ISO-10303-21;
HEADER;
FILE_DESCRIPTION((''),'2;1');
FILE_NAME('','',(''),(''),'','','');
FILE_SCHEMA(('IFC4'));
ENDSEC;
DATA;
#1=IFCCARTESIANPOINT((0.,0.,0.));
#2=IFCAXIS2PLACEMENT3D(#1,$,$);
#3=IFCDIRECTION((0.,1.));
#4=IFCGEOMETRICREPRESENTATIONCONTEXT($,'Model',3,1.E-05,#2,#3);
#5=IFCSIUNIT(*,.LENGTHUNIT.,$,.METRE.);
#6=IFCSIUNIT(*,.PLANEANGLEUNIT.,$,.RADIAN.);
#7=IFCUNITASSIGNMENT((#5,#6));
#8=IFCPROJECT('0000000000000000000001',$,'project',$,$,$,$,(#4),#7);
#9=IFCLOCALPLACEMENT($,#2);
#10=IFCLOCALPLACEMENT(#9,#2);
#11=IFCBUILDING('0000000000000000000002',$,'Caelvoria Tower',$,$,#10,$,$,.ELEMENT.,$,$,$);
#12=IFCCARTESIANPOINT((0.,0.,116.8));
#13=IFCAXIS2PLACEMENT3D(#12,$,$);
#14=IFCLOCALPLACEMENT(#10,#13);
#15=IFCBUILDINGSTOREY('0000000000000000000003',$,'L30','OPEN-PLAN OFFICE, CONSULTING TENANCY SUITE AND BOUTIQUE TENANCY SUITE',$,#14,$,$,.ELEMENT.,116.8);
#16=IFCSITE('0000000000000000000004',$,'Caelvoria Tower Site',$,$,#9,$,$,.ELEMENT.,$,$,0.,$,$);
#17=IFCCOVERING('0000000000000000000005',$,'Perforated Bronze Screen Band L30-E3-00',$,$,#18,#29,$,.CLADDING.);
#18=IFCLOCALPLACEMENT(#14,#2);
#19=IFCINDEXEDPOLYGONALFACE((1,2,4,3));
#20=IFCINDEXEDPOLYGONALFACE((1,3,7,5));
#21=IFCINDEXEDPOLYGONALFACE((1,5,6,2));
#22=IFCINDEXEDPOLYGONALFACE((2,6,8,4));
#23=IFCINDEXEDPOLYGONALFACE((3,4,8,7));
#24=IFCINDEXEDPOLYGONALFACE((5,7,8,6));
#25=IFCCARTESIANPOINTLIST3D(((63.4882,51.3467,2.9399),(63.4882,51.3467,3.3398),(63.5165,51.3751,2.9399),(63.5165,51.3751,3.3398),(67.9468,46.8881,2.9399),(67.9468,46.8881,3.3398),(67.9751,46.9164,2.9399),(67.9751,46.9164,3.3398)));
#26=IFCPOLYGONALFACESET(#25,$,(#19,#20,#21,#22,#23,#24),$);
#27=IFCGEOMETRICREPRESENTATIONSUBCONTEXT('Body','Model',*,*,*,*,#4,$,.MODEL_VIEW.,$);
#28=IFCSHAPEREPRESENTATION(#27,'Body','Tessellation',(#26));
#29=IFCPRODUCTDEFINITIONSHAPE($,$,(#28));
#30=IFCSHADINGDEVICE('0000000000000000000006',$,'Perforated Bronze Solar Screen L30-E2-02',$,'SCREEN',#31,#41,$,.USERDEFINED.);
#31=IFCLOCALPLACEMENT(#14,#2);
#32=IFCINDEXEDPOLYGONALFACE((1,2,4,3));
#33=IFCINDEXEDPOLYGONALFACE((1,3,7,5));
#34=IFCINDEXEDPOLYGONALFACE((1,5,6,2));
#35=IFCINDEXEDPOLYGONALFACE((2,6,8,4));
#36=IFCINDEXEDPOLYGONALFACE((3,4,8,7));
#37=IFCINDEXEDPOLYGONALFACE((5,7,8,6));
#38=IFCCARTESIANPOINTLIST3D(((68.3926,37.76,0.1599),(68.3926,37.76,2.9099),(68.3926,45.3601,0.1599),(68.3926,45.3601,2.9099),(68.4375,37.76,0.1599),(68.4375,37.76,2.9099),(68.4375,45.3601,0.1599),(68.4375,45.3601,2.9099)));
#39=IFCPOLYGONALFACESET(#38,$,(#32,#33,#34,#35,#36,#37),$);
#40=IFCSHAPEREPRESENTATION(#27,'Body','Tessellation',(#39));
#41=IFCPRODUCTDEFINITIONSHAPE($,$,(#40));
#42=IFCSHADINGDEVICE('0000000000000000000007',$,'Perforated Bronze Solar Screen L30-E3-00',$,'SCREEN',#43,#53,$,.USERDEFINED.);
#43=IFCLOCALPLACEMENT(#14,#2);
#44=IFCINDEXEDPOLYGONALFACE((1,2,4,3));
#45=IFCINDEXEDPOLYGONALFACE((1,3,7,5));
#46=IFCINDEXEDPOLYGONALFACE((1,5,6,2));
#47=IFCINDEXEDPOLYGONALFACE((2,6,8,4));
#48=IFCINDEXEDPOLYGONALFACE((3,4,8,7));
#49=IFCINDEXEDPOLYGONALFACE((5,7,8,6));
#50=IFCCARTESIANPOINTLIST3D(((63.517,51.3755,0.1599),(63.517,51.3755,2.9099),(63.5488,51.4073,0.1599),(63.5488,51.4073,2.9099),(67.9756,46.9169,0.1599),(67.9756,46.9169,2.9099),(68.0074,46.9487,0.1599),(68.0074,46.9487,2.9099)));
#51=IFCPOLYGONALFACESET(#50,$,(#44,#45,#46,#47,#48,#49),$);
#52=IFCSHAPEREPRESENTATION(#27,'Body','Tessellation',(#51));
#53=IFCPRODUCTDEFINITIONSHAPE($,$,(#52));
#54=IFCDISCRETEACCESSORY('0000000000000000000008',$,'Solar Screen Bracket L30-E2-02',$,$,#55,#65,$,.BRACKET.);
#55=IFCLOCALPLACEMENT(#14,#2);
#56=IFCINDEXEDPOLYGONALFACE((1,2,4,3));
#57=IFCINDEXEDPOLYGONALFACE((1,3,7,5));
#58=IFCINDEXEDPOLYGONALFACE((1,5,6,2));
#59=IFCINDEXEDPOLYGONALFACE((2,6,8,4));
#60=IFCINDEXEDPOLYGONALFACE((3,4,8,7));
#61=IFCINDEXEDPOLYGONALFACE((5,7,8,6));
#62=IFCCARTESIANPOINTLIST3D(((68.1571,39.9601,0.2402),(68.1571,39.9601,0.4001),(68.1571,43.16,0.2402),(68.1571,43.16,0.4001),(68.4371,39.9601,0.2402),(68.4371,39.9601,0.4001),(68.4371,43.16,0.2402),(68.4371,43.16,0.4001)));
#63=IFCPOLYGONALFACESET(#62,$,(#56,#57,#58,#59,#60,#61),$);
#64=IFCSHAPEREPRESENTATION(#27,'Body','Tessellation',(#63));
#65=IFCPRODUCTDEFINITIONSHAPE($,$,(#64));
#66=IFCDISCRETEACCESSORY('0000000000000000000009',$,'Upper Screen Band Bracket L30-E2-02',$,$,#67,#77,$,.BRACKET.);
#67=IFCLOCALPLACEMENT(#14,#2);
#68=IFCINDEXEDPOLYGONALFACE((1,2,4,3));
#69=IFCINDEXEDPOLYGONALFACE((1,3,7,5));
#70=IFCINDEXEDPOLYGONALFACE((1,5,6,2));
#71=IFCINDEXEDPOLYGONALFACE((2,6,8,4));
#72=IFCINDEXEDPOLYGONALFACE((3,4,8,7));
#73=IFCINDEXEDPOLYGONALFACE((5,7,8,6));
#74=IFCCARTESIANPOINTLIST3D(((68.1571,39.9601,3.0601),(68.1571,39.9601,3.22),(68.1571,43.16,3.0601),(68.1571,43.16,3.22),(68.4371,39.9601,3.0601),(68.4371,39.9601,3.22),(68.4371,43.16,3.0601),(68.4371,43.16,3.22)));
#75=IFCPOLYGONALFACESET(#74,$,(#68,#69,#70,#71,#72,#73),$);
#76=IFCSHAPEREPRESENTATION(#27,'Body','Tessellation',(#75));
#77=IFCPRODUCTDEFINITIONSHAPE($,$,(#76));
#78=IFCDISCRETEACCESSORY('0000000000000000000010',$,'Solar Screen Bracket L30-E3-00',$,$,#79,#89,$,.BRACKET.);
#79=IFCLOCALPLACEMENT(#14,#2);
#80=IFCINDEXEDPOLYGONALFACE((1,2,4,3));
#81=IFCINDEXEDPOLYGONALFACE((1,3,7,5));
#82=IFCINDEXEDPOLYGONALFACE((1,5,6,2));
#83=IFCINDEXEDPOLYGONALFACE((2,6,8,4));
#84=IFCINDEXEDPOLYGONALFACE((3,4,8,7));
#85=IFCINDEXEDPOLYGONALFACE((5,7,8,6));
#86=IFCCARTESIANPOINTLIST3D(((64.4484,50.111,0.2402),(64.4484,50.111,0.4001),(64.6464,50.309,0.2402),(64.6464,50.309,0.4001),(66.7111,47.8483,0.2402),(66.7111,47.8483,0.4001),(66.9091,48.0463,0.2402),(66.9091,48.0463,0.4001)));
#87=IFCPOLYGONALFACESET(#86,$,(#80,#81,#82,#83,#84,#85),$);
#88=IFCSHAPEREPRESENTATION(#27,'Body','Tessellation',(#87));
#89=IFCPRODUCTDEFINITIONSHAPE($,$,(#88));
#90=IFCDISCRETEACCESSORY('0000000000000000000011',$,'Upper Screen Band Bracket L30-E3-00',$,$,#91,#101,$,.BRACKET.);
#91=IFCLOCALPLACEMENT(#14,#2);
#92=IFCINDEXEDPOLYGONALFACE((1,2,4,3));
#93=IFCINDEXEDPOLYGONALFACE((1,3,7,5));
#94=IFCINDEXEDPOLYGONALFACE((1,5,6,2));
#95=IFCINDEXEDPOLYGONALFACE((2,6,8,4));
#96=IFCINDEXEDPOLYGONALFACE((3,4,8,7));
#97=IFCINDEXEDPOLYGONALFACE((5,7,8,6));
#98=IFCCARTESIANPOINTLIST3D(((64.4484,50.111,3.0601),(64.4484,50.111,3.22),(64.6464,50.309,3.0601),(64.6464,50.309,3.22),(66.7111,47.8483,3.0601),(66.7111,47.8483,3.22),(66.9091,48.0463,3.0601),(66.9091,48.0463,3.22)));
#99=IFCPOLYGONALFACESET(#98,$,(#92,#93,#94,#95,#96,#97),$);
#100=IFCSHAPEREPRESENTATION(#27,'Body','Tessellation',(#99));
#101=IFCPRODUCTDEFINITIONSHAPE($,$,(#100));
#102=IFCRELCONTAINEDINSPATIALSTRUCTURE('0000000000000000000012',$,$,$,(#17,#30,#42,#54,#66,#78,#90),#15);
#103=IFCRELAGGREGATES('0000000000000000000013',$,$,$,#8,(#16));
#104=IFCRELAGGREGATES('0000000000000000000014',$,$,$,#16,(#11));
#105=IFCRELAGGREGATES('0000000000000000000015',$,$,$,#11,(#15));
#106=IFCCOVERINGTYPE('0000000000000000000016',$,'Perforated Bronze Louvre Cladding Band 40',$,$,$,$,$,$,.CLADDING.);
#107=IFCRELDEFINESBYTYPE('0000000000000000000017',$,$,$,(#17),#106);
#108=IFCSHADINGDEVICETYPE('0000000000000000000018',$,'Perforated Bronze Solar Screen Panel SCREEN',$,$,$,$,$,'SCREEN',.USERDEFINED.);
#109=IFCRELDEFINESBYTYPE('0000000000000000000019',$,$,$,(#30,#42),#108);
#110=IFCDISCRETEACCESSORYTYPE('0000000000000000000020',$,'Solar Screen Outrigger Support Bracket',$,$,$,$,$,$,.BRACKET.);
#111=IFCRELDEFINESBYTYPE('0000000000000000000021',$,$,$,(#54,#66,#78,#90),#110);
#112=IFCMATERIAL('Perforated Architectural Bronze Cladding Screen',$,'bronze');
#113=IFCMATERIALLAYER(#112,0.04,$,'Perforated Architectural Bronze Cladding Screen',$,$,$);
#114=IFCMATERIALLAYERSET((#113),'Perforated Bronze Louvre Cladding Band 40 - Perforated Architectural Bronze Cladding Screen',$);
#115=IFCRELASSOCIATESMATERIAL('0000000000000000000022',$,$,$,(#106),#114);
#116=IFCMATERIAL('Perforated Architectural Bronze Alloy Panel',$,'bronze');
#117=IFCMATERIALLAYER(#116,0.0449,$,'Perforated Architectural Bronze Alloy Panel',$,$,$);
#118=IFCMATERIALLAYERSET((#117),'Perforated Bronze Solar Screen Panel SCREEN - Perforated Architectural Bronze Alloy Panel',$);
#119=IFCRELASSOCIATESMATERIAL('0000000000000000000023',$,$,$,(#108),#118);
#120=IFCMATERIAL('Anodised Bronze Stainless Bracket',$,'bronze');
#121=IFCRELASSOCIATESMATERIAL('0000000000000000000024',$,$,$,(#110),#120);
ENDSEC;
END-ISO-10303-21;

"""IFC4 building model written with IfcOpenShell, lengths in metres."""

from ifc_helpers import new_model, si_unit, direction, frame, origin, origin_2d, place, context, subcontext, project, spatial, rectangle, extrude, material, layer, layer_set, type_object, element, save


model = new_model("IFC4")

# Units and contexts
model_context = context("Model", 3, precision=1e-05, world=origin(), true_north=direction((0.0, 1.0)))
body_context = subcontext(model_context, "Body", "Model", "MODEL_VIEW")
ifc_project = project(units=[si_unit("LENGTHUNIT", "METRE"), si_unit("PLANEANGLEUNIT", "RADIAN")], contexts=[model_context])

# Site, building, storey
site_placement = place(None, origin())
site = spatial("IfcSite", under=ifc_project, at=site_placement, Name="Caelvoria Tower Site", CompositionType="ELEMENT", RefElevation=0.0)
building_placement = place(site_placement, origin())
building = spatial("IfcBuilding", under=site, at=building_placement, Name="Caelvoria Tower", CompositionType="ELEMENT")
storey_placement = place(building_placement, frame((0.0, 0.0, 116.8)))
storey = spatial("IfcBuildingStorey", under=building, at=storey_placement, Name="L30", Description="OPEN-PLAN OFFICE, CONSULTING TENANCY SUITE AND BOUTIQUE TENANCY SUITE", CompositionType="ELEMENT", Elevation=116.8)

# Covering
ifc_material_1 = material(Name="Perforated Architectural Bronze Cladding Screen", Category="bronze")
ifc_layer_1 = layer(ifc_material_1, 0.04, Name="Perforated Architectural Bronze Cladding Screen")
ifc_layer_set_1 = layer_set([ifc_layer_1], Name="Perforated Bronze Louvre Cladding Band 40 - Perforated Architectural Bronze Cladding Screen")
covering_type = type_object("IfcCoveringType", Name="Perforated Bronze Louvre Cladding Band 40", PredefinedType="CLADDING", material=ifc_layer_set_1)
covering_1_placement = place(storey_placement, frame((65.7317, 49.1316, 2.9399), z_axis=(0.0, 0.0, 1.0), x_axis=(-0.707107, 0.707107, 0.0)))
element("IfcCovering", 1, at=covering_1_placement, inside=storey, type_object=covering_type, Name="Perforated Bronze Screen Band L30-E3-00", PredefinedType="CLADDING", context=body_context, shape_type="SweptSolid", body=[
    extrude(rectangle(XDim=6.3054, YDim=0.04, at=origin_2d()), origin(), (0.0, 0.0, 1.0), 0.3999),
])

# Shading devices
ifc_material_2 = material(Name="Perforated Architectural Bronze Alloy Panel", Category="bronze")
ifc_layer_2 = layer(ifc_material_2, 0.0449, Name="Perforated Architectural Bronze Alloy Panel")
ifc_layer_set_2 = layer_set([ifc_layer_2], Name="Perforated Bronze Solar Screen Panel SCREEN - Perforated Architectural Bronze Alloy Panel")
shading_device_type = type_object("IfcShadingDeviceType", Name="Perforated Bronze Solar Screen Panel SCREEN", ElementType="SCREEN", PredefinedType="USERDEFINED", material=ifc_layer_set_2)
shading_device_1_placement = place(storey_placement, frame((68.415, 41.5601, 0.1599), z_axis=(0.0, 0.0, 1.0), x_axis=(0.0, 1.0, 0.0)))
element("IfcShadingDevice", 2, at=shading_device_1_placement, inside=storey, type_object=shading_device_type, Name="Perforated Bronze Solar Screen L30-E2-02", ObjectType="SCREEN", PredefinedType="USERDEFINED", context=body_context, shape_type="SweptSolid", body=[
    extrude(rectangle(XDim=7.6001, YDim=0.0449, at=origin_2d()), origin(), (0.0, 0.0, 1.0), 2.75),
])
shading_device_2_placement = place(storey_placement, frame((65.7622, 49.1621, 0.1599), z_axis=(0.0, 0.0, 1.0), x_axis=(-0.707107, 0.707107, 0.0)))
element("IfcShadingDevice", 3, at=shading_device_2_placement, inside=storey, type_object=shading_device_type, Name="Perforated Bronze Solar Screen L30-E3-00", ObjectType="SCREEN", PredefinedType="USERDEFINED", context=body_context, shape_type="SweptSolid", body=[
    extrude(rectangle(XDim=6.3054, YDim=0.0449, at=origin_2d()), origin(), (0.0, 0.0, 1.0), 2.75),
])

# Discrete accessories
ifc_material_3 = material(Name="Anodised Bronze Stainless Bracket", Category="bronze")
discrete_accessory_type = type_object("IfcDiscreteAccessoryType", Name="Solar Screen Outrigger Support Bracket", PredefinedType="BRACKET", material=ifc_material_3)
for number, where, z_axis, x_axis, name in (
    (4, (68.2971, 41.5601, 0.2402), (0.0, 0.0, 1.0), (0.0, 1.0, 0.0), "Solar Screen Bracket L30-E2-02"),
    (5, (68.2971, 41.5601, 3.0601), (0.0, 0.0, 1.0), (0.0, 1.0, 0.0), "Upper Screen Band Bracket L30-E2-02"),
    (6, (65.6787, 49.0786, 0.2402), (0.0, 0.0, 1.0), (-0.707107, 0.707107, 0.0), "Solar Screen Bracket L30-E3-00"),
    (7, (65.6787, 49.0786, 3.0601), (0.0, 0.0, 1.0), (-0.707107, 0.707107, 0.0), "Upper Screen Band Bracket L30-E3-00"),
):
    element("IfcDiscreteAccessory", number, at=place(storey_placement, frame(where, z_axis=z_axis, x_axis=x_axis)), inside=storey, type_object=discrete_accessory_type, Name=name, PredefinedType="BRACKET", context=body_context, shape_type="SweptSolid", body=[
        extrude(rectangle(XDim=3.2, YDim=0.28, at=origin_2d()), origin(), (0.0, 0.0, 1.0), 0.1599),
    ])

save(model, "model.ifc")
